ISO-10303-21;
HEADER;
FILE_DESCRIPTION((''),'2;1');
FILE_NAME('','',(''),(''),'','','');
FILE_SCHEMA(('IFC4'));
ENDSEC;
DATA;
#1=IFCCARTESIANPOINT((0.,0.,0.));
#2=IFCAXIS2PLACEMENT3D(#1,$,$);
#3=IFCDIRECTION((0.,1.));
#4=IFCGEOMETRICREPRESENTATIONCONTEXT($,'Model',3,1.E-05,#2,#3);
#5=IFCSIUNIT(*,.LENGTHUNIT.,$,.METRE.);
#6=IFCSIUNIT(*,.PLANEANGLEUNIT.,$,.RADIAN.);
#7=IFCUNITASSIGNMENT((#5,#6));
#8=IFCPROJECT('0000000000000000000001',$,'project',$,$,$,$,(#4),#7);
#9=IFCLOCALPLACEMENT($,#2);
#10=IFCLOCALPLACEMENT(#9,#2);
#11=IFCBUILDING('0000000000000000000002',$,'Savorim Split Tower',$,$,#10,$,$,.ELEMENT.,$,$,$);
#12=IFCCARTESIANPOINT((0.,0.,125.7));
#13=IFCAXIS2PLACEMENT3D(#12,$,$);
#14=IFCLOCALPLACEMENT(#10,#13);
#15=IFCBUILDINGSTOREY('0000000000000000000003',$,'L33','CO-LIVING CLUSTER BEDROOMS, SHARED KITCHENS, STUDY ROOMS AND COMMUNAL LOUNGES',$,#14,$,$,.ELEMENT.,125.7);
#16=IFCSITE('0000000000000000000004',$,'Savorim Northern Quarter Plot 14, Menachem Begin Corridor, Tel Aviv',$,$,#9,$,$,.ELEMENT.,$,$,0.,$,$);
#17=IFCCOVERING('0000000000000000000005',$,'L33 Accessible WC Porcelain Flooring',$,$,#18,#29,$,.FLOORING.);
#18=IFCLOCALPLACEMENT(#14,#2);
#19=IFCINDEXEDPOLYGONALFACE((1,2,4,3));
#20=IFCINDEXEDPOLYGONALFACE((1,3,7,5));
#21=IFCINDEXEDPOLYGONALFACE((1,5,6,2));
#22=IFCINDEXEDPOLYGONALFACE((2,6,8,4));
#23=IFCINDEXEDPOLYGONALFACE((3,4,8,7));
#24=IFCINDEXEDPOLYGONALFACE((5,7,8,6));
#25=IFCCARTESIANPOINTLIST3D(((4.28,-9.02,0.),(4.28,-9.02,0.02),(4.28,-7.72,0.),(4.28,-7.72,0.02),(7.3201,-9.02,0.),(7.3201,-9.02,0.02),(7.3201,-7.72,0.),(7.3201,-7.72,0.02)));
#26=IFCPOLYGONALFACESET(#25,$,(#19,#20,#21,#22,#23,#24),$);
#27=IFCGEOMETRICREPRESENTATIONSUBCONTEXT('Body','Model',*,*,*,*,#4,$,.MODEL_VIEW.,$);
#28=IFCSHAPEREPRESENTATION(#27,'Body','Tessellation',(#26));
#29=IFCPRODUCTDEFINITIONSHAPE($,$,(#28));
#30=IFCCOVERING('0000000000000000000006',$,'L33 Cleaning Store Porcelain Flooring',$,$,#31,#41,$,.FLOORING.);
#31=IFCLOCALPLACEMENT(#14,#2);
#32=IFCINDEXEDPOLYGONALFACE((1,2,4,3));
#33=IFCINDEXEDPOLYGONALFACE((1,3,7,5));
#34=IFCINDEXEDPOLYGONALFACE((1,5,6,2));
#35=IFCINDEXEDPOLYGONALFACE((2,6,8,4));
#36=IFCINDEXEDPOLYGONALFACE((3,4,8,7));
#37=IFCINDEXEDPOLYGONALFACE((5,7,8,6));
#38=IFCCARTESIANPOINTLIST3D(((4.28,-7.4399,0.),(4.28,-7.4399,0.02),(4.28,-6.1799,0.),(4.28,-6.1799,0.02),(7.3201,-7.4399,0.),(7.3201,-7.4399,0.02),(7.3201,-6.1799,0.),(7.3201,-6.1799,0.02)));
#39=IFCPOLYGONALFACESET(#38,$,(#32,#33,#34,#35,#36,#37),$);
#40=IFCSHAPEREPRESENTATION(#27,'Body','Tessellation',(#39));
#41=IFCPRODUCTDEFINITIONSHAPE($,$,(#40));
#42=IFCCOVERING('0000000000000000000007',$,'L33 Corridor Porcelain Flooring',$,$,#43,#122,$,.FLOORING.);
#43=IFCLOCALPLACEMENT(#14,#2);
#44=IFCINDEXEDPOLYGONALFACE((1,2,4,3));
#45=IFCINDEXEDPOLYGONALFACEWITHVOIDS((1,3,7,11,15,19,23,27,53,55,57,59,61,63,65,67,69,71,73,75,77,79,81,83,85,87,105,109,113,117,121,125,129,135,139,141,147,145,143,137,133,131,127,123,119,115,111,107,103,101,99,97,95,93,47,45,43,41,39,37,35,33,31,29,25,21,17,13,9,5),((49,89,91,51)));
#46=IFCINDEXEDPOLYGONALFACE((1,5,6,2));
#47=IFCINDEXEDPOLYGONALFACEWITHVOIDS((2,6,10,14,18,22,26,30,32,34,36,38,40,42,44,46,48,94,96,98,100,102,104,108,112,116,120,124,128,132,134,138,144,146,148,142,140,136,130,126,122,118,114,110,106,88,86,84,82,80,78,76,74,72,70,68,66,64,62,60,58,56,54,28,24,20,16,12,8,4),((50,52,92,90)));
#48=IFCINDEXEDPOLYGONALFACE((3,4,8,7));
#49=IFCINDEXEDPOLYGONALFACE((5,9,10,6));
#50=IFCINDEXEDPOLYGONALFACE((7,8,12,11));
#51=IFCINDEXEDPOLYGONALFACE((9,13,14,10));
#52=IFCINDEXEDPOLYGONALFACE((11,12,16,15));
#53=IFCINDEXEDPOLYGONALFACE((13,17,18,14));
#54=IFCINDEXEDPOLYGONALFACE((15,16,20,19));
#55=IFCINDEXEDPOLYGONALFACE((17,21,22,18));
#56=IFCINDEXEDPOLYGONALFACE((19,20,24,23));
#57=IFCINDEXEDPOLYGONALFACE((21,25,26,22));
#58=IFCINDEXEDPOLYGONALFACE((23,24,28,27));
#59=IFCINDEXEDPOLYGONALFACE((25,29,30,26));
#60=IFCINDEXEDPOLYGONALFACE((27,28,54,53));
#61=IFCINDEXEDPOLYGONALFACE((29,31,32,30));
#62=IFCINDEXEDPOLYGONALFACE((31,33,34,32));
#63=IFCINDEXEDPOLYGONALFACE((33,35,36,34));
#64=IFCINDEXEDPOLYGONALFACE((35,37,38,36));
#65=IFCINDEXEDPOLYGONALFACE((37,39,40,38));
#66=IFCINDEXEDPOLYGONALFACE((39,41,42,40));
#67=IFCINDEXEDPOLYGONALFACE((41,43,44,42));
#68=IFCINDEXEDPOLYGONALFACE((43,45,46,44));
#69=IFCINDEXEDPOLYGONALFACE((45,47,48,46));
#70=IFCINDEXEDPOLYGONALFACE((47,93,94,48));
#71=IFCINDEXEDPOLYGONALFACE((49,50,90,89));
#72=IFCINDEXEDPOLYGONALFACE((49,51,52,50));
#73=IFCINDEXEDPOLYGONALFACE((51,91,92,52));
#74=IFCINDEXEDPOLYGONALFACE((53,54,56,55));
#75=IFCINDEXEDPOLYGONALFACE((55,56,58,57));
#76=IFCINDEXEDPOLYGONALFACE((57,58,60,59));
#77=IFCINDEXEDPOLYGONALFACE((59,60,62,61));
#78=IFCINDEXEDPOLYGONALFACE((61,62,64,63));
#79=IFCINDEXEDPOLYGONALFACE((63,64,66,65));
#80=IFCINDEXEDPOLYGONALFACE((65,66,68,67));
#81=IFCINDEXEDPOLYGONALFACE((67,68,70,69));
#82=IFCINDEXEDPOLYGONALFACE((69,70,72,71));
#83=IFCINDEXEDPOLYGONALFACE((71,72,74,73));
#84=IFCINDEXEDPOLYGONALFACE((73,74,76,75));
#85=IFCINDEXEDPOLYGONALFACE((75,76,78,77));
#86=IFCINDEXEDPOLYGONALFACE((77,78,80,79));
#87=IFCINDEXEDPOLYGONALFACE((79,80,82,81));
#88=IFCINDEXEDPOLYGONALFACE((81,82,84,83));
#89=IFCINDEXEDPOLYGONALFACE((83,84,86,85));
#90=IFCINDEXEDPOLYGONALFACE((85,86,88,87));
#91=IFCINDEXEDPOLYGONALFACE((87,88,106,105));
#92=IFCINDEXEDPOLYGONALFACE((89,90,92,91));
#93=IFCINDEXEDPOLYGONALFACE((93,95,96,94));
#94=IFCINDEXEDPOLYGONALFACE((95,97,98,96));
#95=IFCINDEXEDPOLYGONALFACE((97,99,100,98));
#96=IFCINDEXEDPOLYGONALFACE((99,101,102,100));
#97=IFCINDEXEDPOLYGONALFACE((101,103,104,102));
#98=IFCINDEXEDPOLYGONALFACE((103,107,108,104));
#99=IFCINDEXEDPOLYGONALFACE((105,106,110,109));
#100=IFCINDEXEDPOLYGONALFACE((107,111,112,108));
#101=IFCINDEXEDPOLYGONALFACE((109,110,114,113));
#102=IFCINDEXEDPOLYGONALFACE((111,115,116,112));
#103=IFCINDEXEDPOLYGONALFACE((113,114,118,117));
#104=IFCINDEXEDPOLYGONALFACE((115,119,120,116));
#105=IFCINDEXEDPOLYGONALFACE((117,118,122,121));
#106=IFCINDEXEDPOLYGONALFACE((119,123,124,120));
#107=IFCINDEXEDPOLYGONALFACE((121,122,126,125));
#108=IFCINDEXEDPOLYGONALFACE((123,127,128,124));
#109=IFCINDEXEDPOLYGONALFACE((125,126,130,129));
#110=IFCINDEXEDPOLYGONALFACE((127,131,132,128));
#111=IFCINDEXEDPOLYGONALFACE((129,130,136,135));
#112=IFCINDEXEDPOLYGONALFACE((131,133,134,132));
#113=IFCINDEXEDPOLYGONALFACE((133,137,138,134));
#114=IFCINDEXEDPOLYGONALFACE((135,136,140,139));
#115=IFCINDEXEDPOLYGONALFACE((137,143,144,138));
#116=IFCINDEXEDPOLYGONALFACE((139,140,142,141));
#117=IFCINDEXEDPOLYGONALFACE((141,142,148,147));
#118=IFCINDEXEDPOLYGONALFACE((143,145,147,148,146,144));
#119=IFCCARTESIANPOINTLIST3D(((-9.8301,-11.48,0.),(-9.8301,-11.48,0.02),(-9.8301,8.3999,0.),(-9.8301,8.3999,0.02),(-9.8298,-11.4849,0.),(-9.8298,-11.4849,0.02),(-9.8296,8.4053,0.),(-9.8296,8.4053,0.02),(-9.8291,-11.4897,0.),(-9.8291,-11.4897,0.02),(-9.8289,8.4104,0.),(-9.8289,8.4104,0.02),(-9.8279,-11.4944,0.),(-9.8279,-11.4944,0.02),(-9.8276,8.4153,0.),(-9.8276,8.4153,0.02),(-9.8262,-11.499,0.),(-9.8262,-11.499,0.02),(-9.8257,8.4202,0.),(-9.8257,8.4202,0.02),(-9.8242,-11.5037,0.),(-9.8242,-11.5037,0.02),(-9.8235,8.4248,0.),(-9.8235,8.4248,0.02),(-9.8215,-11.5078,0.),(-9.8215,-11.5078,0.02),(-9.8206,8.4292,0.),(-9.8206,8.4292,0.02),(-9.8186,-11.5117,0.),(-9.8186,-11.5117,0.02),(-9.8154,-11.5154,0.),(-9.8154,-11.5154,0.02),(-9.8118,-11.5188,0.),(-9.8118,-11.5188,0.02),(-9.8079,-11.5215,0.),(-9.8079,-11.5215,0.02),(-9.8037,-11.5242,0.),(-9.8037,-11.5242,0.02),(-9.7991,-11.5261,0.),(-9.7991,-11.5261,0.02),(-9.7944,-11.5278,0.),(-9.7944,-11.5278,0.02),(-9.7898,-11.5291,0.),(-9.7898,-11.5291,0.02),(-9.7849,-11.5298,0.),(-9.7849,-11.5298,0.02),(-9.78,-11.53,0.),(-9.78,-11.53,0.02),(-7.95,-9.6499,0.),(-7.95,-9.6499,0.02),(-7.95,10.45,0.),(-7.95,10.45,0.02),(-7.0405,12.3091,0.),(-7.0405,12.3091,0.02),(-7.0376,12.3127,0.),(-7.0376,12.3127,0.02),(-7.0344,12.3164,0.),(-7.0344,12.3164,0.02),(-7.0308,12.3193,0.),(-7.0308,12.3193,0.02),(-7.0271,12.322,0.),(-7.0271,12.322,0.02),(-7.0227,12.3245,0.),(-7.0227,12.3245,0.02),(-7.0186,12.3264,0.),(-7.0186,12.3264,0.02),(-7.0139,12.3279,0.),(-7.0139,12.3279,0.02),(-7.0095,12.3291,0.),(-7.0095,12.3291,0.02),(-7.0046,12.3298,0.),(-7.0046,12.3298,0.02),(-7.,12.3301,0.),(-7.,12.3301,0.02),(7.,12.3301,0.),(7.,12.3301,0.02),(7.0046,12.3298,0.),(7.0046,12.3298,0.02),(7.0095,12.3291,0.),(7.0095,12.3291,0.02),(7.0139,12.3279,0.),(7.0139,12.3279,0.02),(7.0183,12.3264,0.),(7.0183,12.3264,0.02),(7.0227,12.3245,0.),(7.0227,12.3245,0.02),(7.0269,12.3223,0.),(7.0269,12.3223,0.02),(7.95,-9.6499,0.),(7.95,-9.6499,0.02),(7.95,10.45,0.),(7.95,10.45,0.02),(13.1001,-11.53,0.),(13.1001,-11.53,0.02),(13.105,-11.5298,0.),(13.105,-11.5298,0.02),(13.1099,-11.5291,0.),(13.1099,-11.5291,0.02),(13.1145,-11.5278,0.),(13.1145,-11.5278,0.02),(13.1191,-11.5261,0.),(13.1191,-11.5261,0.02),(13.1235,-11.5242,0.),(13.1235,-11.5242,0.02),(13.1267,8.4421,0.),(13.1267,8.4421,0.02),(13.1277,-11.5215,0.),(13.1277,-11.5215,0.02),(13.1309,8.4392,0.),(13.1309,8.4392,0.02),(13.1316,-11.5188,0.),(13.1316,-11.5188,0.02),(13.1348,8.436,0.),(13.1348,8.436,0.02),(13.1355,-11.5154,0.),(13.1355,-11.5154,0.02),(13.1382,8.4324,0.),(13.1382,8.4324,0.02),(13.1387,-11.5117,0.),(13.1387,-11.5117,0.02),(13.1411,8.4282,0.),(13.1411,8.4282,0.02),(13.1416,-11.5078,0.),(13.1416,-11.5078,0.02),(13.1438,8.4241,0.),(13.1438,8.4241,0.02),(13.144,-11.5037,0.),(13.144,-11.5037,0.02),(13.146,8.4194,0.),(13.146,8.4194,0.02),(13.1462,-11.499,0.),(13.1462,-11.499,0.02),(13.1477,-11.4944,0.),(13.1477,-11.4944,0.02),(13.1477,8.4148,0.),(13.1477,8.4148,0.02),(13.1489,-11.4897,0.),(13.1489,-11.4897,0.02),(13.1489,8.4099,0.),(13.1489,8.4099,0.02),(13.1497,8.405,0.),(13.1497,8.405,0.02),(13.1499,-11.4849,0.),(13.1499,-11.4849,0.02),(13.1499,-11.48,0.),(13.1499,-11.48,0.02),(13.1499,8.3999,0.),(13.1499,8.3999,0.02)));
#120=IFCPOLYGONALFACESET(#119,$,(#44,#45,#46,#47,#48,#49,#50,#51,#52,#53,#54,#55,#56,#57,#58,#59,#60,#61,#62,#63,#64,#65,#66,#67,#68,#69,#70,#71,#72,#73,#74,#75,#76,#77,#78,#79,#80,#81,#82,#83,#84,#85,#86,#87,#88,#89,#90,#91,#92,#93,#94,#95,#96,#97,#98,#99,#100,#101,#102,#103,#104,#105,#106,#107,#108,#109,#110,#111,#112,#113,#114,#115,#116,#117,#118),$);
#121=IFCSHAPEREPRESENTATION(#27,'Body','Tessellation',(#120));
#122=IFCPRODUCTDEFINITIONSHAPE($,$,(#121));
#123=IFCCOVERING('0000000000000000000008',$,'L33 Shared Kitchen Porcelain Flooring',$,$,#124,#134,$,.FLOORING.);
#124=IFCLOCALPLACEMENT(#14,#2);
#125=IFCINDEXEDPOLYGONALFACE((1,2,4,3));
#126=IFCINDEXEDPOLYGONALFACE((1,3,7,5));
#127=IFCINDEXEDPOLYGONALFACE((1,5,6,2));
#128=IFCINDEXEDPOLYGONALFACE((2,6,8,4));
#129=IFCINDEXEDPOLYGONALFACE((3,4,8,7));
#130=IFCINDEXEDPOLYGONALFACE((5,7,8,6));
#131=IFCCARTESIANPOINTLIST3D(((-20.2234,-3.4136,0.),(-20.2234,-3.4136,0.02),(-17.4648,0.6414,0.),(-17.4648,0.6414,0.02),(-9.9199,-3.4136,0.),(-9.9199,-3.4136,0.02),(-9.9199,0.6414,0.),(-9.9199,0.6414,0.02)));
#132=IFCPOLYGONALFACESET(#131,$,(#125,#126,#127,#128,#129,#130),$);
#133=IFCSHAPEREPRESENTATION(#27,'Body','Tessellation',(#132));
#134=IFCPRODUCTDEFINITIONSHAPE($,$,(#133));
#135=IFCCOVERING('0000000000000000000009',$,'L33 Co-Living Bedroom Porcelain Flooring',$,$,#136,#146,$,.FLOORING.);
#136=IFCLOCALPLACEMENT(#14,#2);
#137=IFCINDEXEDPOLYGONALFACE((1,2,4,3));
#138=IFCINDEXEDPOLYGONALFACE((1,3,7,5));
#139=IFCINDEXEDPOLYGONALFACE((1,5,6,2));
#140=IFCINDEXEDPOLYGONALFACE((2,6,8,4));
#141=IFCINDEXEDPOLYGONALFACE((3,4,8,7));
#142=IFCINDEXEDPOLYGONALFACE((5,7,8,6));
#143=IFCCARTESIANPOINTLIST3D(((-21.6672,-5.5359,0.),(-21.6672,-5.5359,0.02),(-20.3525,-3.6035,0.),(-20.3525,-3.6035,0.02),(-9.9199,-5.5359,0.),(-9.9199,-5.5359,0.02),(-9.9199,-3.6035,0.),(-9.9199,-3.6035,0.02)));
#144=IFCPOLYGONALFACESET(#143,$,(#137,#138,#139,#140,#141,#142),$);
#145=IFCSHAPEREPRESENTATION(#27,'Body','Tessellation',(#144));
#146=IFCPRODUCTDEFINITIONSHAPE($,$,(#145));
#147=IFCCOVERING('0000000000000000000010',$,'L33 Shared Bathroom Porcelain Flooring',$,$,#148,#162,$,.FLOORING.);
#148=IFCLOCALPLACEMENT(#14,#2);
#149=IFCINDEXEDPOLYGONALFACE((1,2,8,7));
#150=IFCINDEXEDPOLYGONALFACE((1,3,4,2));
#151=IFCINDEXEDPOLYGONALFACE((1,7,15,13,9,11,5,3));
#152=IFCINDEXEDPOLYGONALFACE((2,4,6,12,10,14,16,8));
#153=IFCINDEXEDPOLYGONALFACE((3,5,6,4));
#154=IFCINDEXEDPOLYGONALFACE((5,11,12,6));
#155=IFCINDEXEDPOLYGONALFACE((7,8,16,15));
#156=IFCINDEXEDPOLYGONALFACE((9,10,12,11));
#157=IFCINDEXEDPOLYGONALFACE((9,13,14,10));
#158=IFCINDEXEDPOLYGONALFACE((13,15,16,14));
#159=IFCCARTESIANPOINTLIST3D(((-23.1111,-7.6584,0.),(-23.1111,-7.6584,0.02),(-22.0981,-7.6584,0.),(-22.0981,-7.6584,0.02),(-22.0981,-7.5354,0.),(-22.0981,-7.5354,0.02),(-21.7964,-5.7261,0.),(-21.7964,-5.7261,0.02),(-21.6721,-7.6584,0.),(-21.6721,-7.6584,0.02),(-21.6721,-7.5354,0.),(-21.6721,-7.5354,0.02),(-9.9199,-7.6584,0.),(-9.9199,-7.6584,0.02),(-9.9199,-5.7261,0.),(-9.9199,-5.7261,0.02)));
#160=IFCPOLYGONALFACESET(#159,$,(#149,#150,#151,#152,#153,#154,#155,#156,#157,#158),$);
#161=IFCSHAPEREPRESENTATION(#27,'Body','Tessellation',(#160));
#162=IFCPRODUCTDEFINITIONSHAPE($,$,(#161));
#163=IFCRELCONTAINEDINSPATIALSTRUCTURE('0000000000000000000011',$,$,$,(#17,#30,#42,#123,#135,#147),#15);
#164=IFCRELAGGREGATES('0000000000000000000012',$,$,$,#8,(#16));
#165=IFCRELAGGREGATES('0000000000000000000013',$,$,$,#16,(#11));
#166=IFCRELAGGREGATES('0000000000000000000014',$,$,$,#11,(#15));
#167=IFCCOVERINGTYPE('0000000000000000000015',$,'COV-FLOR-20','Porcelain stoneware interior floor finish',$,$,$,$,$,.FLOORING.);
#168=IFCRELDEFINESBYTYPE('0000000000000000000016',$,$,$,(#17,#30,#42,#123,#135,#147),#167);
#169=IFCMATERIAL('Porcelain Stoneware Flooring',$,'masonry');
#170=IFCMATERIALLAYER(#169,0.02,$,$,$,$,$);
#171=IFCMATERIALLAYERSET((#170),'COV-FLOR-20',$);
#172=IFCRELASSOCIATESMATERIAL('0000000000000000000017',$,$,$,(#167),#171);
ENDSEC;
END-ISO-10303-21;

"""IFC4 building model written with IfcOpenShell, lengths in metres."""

from ifc_helpers import new_model, si_unit, direction, frame, origin, place, context, subcontext, project, spatial, polyline, outline, extrude, material, layer, layer_set, type_object, element, save


model = new_model("IFC4")

# Units and contexts
model_context = context("Model", 3, precision=1e-05, world=origin(), true_north=direction((0.0, 1.0)))
body_context = subcontext(model_context, "Body", "Model", "MODEL_VIEW")
ifc_project = project(units=[si_unit("LENGTHUNIT", "METRE"), si_unit("PLANEANGLEUNIT", "RADIAN")], contexts=[model_context])

# Site, building, storey
site_placement = place(None, origin())
site = spatial("IfcSite", under=ifc_project, at=site_placement, Name="Savorim Northern Quarter Plot 14, Menachem Begin Corridor, Tel Aviv", CompositionType="ELEMENT", RefElevation=0.0)
building_placement = place(site_placement, origin())
building = spatial("IfcBuilding", under=site, at=building_placement, Name="Savorim Split Tower", CompositionType="ELEMENT")
storey_placement = place(building_placement, frame((0.0, 0.0, 125.7)))
storey = spatial("IfcBuildingStorey", under=building, at=storey_placement, Name="L33", Description="CO-LIVING CLUSTER BEDROOMS, SHARED KITCHENS, STUDY ROOMS AND COMMUNAL LOUNGES", CompositionType="ELEMENT", Elevation=125.7)

# Coverings
ifc_material_1 = material(Name="Porcelain Stoneware Flooring", Category="masonry")
ifc_layer_1 = layer(ifc_material_1, 0.02)
ifc_layer_set_1 = layer_set([ifc_layer_1], Name="COV-FLOR-20")
covering_type_1 = type_object("IfcCoveringType", Name="COV-FLOR-20", Description="Porcelain stoneware interior floor finish", PredefinedType="FLOORING", material=ifc_layer_set_1)
covering_1_placement = place(storey_placement, origin())
element("IfcCovering", 1, at=covering_1_placement, inside=storey, type_object=covering_type_1, Name="L33 Accessible WC Porcelain Flooring", PredefinedType="FLOORING", context=body_context, shape_type="SweptSolid", body=[
    extrude(outline(polyline([(4.28, -7.72), (4.28, -9.02), (7.3201, -9.02), (7.3201, -7.72), (4.28, -7.72)])), origin(), (0.0, 0.0, 1.0), 0.02),
])
covering_2_placement = place(storey_placement, origin())
element("IfcCovering", 2, at=covering_2_placement, inside=storey, type_object=covering_type_1, Name="L33 Cleaning Store Porcelain Flooring", PredefinedType="FLOORING", context=body_context, shape_type="SweptSolid", body=[
    extrude(outline(polyline([(4.28, -6.1799), (4.28, -7.4399), (7.3201, -7.4399), (7.3201, -6.1799), (4.28, -6.1799)])), origin(), (0.0, 0.0, 1.0), 0.02),
])
covering_3_placement = place(storey_placement, origin())
element("IfcCovering", 3, at=covering_3_placement, inside=storey, type_object=covering_type_1, Name="L33 Corridor Porcelain Flooring", PredefinedType="FLOORING", context=body_context, shape_type="SweptSolid", body=[
    extrude(outline(polyline([(7.0095, 12.3291), (7.0046, 12.3298), (7.0, 12.3301), (-7.0, 12.3301), (-7.0046, 12.3298), (-7.0095, 12.3291), (-7.0139, 12.3279), (-7.0186, 12.3264), (-7.0227, 12.3245), (-7.0271, 12.322), (-7.0308, 12.3193), (-7.0344, 12.3164), (-7.0376, 12.3127), (-7.0405, 12.3091), (-9.8206, 8.4292), (-9.8235, 8.4248), (-9.8257, 8.4202), (-9.8276, 8.4153), (-9.8289, 8.4104), (-9.8296, 8.4053), (-9.8301, 8.3999), (-9.8301, -11.48), (-9.8298, -11.4849), (-9.8291, -11.4897), (-9.8279, -11.4944), (-9.8262, -11.499), (-9.8242, -11.5037), (-9.8215, -11.5078), (-9.8186, -11.5117), (-9.8154, -11.5154), (-9.8118, -11.5188), (-9.8079, -11.5215), (-9.8037, -11.5242), (-9.7991, -11.5261), (-9.7944, -11.5278), (-9.7898, -11.5291), (-9.7849, -11.5298), (-9.78, -11.53), (13.1001, -11.53), (13.105, -11.5298), (13.1099, -11.5291), (13.1145, -11.5278), (13.1191, -11.5261), (13.1235, -11.5242), (13.1277, -11.5215), (13.1316, -11.5188), (13.1355, -11.5154), (13.1387, -11.5117), (13.1416, -11.5078), (13.144, -11.5037), (13.1462, -11.499), (13.1477, -11.4944), (13.1489, -11.4897), (13.1499, -11.4849), (13.1499, -11.48), (13.1499, 8.3999), (13.1497, 8.405), (13.1489, 8.4099), (13.1477, 8.4148), (13.146, 8.4194), (13.1438, 8.4241), (13.1411, 8.4282), (13.1382, 8.4324), (13.1348, 8.436), (13.1309, 8.4392), (13.1267, 8.4421), (7.0269, 12.3223), (7.0227, 12.3245), (7.0183, 12.3264), (7.0139, 12.3279), (7.0095, 12.3291)]), holes=[polyline([(-7.95, 10.45), (-7.95, -9.6499), (7.95, -9.6499), (7.95, 10.45), (-7.95, 10.45)])]), origin(), (0.0, 0.0, 1.0), 0.02),
])
covering_4_placement = place(storey_placement, origin())
element("IfcCovering", 4, at=covering_4_placement, inside=storey, type_object=covering_type_1, Name="L33 Shared Kitchen Porcelain Flooring", PredefinedType="FLOORING", context=body_context, shape_type="SweptSolid", body=[
    extrude(outline(polyline([(-17.4648, 0.6414), (-20.2234, -3.4136), (-9.9199, -3.4136), (-9.9199, 0.6414), (-17.4648, 0.6414)])), origin(), (0.0, 0.0, 1.0), 0.02),
])
covering_5_placement = place(storey_placement, origin())
element("IfcCovering", 5, at=covering_5_placement, inside=storey, type_object=covering_type_1, Name="L33 Co-Living Bedroom Porcelain Flooring", PredefinedType="FLOORING", context=body_context, shape_type="SweptSolid", body=[
    extrude(outline(polyline([(-20.3525, -3.6035), (-21.6672, -5.5359), (-9.9199, -5.5359), (-9.9199, -3.6035), (-20.3525, -3.6035)])), origin(), (0.0, 0.0, 1.0), 0.02),
])
covering_6_placement = place(storey_placement, origin())
element("IfcCovering", 6, at=covering_6_placement, inside=storey, type_object=covering_type_1, Name="L33 Shared Bathroom Porcelain Flooring", PredefinedType="FLOORING", context=body_context, shape_type="SweptSolid", body=[
    extrude(outline(polyline([(-21.6721, -7.5354), (-21.6721, -7.6584), (-9.9199, -7.6584), (-9.9199, -5.7261), (-21.7964, -5.7261), (-23.1111, -7.6584), (-22.0981, -7.6584), (-22.0981, -7.5354), (-21.6721, -7.5354)])), origin(), (0.0, 0.0, 1.0), 0.02),
])

save(model, "model.ifc")
